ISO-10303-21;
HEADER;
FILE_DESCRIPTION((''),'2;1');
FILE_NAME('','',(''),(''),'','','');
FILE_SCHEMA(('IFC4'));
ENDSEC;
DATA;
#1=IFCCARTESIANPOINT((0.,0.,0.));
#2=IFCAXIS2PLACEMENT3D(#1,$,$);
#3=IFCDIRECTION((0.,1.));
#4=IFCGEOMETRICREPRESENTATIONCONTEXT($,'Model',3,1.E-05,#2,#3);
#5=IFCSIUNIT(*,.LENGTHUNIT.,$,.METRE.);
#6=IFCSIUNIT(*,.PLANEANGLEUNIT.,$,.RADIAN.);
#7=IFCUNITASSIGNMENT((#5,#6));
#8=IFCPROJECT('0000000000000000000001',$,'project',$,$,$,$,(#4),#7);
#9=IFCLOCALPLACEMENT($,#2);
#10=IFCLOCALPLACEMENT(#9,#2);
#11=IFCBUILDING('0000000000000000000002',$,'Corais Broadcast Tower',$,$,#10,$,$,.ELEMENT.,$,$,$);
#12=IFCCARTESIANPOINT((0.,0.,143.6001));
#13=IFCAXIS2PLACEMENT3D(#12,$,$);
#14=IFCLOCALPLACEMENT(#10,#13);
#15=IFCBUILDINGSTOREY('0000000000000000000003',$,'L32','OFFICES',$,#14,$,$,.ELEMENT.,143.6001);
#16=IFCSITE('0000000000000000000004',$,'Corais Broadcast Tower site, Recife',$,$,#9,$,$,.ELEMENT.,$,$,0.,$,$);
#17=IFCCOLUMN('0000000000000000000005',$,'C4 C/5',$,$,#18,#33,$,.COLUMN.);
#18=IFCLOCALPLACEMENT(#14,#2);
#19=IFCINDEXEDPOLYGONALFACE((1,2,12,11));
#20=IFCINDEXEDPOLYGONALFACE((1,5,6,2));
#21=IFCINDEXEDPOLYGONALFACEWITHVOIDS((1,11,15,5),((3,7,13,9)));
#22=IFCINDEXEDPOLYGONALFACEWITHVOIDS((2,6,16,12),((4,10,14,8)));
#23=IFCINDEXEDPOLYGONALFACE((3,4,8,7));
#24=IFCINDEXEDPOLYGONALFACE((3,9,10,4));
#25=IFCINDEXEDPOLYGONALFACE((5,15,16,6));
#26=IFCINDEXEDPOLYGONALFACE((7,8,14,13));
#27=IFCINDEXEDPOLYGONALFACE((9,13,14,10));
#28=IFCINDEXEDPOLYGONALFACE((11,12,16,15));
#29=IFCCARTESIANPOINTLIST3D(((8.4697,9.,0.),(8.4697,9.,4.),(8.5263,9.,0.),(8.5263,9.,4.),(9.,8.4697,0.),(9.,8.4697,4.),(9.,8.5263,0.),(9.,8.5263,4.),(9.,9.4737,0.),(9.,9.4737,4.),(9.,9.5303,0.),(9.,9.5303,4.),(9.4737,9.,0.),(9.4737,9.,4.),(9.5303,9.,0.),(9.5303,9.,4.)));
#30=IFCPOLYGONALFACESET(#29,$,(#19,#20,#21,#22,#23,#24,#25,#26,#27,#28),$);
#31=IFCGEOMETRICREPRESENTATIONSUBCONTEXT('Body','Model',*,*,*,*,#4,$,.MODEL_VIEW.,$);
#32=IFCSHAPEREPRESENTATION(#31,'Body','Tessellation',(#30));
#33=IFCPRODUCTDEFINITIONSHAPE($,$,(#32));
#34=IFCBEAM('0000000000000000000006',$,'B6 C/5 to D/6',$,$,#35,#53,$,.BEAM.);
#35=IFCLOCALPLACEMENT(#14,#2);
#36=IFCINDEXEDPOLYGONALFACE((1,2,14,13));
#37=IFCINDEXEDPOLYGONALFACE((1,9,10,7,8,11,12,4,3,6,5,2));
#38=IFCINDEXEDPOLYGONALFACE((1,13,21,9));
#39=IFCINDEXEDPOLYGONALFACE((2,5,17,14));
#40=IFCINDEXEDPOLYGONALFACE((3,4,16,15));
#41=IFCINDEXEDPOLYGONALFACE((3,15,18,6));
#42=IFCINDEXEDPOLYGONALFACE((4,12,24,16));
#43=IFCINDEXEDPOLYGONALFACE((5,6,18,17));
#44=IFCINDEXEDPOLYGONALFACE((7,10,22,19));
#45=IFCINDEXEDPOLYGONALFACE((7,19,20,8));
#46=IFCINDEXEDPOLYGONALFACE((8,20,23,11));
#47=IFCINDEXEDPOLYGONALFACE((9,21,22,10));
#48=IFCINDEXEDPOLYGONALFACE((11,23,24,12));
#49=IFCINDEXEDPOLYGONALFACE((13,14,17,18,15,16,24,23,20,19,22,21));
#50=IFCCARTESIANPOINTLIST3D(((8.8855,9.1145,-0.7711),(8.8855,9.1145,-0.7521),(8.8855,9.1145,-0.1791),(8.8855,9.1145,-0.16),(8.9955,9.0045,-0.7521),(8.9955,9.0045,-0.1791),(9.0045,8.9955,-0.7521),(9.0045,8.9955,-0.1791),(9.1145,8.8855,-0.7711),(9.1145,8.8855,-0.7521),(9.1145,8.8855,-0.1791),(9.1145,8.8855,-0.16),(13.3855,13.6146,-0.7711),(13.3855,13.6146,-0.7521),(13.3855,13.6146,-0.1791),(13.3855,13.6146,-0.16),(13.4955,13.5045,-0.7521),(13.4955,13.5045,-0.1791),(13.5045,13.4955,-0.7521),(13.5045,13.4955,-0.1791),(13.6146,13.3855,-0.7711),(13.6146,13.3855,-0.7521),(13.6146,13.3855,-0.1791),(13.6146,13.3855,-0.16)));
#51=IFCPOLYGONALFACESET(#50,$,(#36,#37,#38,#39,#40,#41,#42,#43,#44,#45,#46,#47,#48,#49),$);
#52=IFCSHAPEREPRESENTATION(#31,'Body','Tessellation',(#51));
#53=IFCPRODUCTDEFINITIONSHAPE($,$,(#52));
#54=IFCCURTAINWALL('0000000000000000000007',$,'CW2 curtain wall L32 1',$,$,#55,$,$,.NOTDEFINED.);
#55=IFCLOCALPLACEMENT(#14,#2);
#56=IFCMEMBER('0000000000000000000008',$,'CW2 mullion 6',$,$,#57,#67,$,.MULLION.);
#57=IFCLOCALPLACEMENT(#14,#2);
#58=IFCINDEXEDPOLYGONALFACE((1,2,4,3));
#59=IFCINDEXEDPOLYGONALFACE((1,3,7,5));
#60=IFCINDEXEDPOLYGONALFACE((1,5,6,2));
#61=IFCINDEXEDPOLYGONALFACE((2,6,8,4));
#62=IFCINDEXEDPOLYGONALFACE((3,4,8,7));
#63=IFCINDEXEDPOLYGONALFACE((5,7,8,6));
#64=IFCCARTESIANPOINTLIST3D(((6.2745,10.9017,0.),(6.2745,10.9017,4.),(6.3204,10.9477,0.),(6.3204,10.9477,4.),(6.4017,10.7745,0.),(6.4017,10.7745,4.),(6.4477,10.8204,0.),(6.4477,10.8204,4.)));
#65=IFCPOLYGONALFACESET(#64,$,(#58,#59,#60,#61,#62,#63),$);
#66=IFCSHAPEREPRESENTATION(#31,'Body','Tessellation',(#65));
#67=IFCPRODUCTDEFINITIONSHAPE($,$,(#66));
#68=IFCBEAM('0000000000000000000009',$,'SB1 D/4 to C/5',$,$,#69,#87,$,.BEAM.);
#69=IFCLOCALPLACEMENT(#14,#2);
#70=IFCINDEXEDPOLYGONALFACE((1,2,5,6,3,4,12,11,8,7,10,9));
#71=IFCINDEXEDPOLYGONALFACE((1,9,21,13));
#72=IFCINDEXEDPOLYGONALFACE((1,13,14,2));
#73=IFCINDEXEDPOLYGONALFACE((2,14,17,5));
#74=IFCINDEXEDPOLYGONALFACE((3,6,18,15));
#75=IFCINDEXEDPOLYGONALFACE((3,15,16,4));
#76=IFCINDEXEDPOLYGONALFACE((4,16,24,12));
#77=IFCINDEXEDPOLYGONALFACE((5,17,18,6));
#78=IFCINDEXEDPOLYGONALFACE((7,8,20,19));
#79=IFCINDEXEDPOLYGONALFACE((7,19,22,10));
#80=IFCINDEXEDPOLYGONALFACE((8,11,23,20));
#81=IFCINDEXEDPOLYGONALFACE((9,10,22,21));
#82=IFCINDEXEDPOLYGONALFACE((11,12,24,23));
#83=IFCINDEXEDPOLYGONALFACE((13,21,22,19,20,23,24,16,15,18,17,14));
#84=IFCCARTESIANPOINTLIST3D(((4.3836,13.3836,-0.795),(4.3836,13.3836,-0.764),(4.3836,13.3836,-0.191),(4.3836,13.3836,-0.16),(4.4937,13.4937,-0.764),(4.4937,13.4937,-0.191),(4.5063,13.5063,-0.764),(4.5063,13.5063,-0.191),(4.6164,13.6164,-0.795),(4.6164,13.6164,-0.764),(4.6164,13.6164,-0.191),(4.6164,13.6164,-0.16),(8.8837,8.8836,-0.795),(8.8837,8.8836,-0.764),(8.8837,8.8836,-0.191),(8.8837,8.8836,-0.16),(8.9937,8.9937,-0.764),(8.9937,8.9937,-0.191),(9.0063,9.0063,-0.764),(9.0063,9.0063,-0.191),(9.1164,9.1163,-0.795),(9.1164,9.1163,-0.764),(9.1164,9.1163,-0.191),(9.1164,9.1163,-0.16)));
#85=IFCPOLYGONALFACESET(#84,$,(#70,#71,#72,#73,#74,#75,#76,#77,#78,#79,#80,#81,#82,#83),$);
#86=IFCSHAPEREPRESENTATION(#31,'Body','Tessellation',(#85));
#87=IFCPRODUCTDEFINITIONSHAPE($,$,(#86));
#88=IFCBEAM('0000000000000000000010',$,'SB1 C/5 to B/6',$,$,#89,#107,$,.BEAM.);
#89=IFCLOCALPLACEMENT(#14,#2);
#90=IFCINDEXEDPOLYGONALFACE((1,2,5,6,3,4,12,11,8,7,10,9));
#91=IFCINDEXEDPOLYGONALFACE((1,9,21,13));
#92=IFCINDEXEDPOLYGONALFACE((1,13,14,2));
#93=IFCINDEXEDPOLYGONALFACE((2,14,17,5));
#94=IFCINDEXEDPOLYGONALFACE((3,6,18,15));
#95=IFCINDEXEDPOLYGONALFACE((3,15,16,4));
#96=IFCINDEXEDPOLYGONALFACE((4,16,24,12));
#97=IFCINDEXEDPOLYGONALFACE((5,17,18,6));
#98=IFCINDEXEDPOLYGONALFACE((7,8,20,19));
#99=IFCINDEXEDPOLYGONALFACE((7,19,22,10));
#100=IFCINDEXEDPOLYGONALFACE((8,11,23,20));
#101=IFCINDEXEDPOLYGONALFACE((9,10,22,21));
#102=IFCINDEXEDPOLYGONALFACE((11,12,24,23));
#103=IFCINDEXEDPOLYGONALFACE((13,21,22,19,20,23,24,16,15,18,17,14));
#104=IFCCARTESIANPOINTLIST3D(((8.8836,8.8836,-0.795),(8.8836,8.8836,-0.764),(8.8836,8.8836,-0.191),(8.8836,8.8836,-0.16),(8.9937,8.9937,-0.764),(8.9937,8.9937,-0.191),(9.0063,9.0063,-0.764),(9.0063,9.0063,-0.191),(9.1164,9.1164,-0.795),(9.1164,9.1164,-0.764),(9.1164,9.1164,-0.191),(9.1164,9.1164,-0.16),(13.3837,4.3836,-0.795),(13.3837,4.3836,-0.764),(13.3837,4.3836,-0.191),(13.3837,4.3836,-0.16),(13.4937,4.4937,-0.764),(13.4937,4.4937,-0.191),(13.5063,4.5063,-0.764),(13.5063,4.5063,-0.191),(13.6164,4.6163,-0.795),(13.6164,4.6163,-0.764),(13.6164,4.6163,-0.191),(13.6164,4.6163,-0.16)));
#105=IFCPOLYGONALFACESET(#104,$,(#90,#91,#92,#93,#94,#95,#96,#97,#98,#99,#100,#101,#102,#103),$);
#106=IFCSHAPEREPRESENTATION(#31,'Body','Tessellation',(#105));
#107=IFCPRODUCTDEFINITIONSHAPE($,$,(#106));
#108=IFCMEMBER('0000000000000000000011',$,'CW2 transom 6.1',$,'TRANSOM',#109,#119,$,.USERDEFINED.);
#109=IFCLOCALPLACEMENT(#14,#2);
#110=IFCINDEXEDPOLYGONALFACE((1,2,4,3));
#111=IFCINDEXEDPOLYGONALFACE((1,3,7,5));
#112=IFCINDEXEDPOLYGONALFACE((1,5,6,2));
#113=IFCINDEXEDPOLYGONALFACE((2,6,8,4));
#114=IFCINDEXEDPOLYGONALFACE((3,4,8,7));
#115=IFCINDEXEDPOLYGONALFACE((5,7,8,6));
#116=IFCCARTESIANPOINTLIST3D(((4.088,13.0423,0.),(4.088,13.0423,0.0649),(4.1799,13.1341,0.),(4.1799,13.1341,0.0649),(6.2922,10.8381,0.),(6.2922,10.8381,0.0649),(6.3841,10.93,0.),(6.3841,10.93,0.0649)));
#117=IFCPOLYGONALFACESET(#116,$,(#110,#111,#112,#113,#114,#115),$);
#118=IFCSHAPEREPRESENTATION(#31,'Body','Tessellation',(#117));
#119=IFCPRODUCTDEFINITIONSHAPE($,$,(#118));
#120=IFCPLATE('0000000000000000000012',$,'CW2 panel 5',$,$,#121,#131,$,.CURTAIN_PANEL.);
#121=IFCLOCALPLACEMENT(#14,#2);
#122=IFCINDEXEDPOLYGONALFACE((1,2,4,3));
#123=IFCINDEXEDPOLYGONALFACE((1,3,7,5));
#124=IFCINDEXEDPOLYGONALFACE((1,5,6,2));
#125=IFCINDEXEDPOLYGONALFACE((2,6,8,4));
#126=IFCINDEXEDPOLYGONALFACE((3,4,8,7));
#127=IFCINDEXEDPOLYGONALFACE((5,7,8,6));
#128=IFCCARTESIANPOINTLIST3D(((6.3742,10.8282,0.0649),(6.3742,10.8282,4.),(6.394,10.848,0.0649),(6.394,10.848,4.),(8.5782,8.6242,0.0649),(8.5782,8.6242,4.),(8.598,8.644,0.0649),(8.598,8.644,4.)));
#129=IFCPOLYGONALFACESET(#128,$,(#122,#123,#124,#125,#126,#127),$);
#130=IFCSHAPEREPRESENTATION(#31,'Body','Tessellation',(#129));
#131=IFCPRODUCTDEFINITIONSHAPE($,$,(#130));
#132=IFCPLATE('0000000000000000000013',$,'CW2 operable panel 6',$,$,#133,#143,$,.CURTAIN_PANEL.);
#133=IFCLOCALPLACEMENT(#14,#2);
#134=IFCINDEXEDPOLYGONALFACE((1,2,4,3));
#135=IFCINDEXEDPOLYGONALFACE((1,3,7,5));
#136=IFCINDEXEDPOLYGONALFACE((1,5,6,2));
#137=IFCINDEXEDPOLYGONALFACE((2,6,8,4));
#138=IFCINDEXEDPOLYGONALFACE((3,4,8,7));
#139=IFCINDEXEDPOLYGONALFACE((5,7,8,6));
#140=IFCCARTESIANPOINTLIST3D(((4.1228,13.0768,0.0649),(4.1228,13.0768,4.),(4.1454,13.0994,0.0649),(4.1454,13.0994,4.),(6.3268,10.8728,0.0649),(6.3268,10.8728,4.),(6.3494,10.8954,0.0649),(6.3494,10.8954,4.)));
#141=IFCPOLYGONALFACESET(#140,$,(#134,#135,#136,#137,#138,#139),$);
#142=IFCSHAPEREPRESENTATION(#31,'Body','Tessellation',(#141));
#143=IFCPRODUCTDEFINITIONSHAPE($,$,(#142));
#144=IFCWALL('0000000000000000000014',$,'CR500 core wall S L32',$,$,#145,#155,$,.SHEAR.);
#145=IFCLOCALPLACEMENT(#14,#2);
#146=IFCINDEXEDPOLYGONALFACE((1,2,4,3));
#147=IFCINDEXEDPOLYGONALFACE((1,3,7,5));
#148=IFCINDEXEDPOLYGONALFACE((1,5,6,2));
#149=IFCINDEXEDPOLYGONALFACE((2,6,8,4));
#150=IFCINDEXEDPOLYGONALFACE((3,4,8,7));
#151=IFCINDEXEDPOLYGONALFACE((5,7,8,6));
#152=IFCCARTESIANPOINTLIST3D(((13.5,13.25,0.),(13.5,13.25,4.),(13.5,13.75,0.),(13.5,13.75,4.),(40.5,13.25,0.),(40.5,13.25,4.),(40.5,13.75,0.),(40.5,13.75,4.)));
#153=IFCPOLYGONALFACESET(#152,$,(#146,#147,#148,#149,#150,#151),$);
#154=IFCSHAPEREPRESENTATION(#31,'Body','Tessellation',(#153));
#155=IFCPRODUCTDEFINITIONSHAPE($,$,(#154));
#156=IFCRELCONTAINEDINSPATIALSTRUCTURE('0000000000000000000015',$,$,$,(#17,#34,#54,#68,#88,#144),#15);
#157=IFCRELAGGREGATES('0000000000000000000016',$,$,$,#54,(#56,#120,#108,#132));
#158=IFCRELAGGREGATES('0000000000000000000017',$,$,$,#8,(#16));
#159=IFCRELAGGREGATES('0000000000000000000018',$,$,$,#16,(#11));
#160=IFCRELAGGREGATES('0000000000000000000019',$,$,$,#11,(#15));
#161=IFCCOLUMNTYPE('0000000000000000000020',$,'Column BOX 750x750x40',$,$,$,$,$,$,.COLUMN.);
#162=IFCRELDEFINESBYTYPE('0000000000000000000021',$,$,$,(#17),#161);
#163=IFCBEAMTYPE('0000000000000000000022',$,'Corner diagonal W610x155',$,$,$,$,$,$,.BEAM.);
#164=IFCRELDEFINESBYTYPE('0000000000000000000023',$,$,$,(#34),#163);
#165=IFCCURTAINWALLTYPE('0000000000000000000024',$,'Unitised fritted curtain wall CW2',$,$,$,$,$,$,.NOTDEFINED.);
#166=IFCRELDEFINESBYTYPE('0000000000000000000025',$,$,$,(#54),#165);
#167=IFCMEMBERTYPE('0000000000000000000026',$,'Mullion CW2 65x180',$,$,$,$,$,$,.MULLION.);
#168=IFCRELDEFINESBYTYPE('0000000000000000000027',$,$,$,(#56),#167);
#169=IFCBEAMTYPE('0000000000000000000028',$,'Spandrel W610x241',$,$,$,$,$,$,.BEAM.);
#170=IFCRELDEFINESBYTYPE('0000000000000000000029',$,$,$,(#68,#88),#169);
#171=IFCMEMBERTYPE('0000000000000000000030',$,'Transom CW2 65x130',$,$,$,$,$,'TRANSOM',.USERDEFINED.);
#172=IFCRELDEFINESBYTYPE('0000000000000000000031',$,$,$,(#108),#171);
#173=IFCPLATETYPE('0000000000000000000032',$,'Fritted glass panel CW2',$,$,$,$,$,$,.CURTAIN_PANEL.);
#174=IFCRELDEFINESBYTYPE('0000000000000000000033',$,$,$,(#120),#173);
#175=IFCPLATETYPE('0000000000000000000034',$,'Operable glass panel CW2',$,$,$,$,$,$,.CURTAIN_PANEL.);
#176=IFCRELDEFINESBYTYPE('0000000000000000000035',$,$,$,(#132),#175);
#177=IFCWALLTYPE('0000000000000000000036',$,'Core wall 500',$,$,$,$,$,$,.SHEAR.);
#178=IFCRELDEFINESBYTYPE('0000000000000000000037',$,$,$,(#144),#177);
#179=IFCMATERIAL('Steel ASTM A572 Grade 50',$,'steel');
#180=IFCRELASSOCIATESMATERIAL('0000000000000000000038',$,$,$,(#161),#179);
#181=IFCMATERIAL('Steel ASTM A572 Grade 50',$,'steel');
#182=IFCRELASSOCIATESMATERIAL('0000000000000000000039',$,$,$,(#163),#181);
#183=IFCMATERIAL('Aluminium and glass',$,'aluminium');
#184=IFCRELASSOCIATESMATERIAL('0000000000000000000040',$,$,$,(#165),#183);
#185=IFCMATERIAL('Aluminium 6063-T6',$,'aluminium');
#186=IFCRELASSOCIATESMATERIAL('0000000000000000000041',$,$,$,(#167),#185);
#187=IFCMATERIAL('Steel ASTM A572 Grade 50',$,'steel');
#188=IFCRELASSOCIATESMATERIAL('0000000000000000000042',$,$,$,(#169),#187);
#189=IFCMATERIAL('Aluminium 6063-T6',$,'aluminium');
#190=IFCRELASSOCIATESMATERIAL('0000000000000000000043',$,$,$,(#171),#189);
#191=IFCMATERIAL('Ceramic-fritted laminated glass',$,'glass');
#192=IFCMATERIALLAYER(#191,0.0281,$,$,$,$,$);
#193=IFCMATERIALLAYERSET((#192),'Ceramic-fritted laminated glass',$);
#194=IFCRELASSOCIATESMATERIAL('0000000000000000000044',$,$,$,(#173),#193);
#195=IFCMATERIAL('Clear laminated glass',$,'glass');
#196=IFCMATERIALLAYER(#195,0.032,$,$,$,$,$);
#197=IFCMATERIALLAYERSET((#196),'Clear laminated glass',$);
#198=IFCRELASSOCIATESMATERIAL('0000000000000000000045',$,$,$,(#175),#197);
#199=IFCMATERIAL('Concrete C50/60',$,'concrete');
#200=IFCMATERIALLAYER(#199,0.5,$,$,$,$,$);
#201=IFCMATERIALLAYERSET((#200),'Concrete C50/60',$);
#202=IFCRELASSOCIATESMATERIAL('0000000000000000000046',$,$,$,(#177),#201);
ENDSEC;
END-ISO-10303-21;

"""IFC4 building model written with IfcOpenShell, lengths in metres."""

from ifc_helpers import new_model, si_unit, direction, frame, frame_2d, origin, origin_2d, place, context, subcontext, project, spatial, rectangle, hollow_rectangle, i_section, extrude, material, layer, layer_set, material_profile, profile_set, type_object, element, aggregate, save


model = new_model("IFC4")

# Units and contexts
model_context = context("Model", 3, precision=1e-05, world=origin(), true_north=direction((0.0, 1.0)))
body_context = subcontext(model_context, "Body", "Model", "MODEL_VIEW")
ifc_project = project(units=[si_unit("LENGTHUNIT", "METRE"), si_unit("PLANEANGLEUNIT", "RADIAN")], contexts=[model_context])

# Site, building, storey
site_placement = place(None, origin())
site = spatial("IfcSite", under=ifc_project, at=site_placement, Name="Corais Broadcast Tower site, Recife", CompositionType="ELEMENT", RefElevation=0.0)
building_placement = place(site_placement, origin())
building = spatial("IfcBuilding", under=site, at=building_placement, Name="Corais Broadcast Tower", CompositionType="ELEMENT")
storey_placement = place(building_placement, frame((0.0, 0.0, 143.6001)))
storey = spatial("IfcBuildingStorey", under=building, at=storey_placement, Name="L32", Description="OFFICES", CompositionType="ELEMENT", Elevation=143.6001)

# Column
ifc_material_1 = material(Name="Steel ASTM A572 Grade 50", Category="steel")
ifc_material_profile_1 = material_profile(ifc_material_1, hollow_rectangle(XDim=0.75, YDim=0.75, WallThickness=0.04, at=origin_2d()), Name="BOX 750x750x40")
ifc_profile_set_1 = profile_set([ifc_material_profile_1], Name="Steel ASTM A572 Grade 50")
column_type = type_object("IfcColumnType", Name="Column BOX 750x750x40", PredefinedType="COLUMN", material=ifc_profile_set_1)
column_placement = place(storey_placement, frame((9.0, 9.0, 0.0), z_axis=(0.0, 0.0, 1.0), x_axis=(0.707107, 0.707107, 0.0)))
element("IfcColumn", 1, at=column_placement, inside=storey, type_object=column_type, Name="C4 C/5", PredefinedType="COLUMN", context=body_context, shape_type="SweptSolid", body=[
    extrude(hollow_rectangle(XDim=0.75, YDim=0.75, WallThickness=0.04, at=origin_2d()), origin(), (0.0, 0.0, 1.0), 4.0),
])

# Beam
ifc_material_2 = material(Name="Steel ASTM A572 Grade 50", Category="steel")
ifc_material_profile_2 = material_profile(ifc_material_2, i_section(OverallWidth=0.324, OverallDepth=0.6111, WebThickness=0.0127, FlangeThickness=0.019, at=origin_2d()), Name="W610x155")
ifc_profile_set_2 = profile_set([ifc_material_profile_2], Name="Steel ASTM A572 Grade 50")
beam_type_1 = type_object("IfcBeamType", Name="Corner diagonal W610x155", PredefinedType="BEAM", material=ifc_profile_set_2)
beam_placement = place(storey_placement, frame((9.0, 9.0, -0.4656), z_axis=(0.707107, 0.707107, 0.0), x_axis=(-0.707107, 0.707107, 0.0)))
element("IfcBeam", 2, at=beam_placement, inside=storey, type_object=beam_type_1, Name="B6 C/5 to D/6", PredefinedType="BEAM", context=body_context, shape_type="SweptSolid", body=[
    extrude(i_section(OverallWidth=0.324, OverallDepth=0.6111, WebThickness=0.0127, FlangeThickness=0.019, at=origin_2d()), origin(), (0.0, 0.0, 1.0), 6.364),
])

# Curtain wall, member
ifc_material_3 = material(Name="Aluminium and glass", Category="aluminium")
curtain_wall_type = type_object("IfcCurtainWallType", Name="Unitised fritted curtain wall CW2", PredefinedType="NOTDEFINED", material=ifc_material_3)
curtain_wall_placement = place(storey_placement, origin())
curtain_wall = element("IfcCurtainWall", 3, at=curtain_wall_placement, inside=storey, type_object=curtain_wall_type, Name="CW2 curtain wall L32 1", PredefinedType="NOTDEFINED")
ifc_material_4 = material(Name="Aluminium 6063-T6", Category="aluminium")
ifc_material_profile_3 = material_profile(ifc_material_4, rectangle(XDim=0.0649, YDim=0.1799, at=origin_2d()), Name="Mullion CW2 65x180")
ifc_profile_set_3 = profile_set([ifc_material_profile_3], Name="Aluminium 6063-T6")
member_type_1 = type_object("IfcMemberType", Name="Mullion CW2 65x180", PredefinedType="MULLION", material=ifc_profile_set_3)
member_1_placement = place(storey_placement, frame((6.3611, 10.8611, 0.0), z_axis=(0.0, 0.0, 1.0), x_axis=(-0.707107, -0.707107, 0.0)))
member_1 = element("IfcMember", 4, at=member_1_placement, type_object=member_type_1, Name="CW2 mullion 6", PredefinedType="MULLION", context=body_context, shape_type="SweptSolid", body=[
    extrude(rectangle(XDim=0.0649, YDim=0.1799, at=origin_2d()), origin(), (0.0, 0.0, 1.0), 4.0),
])

# Beams
ifc_material_5 = material(Name="Steel ASTM A572 Grade 50", Category="steel")
ifc_material_profile_4 = material_profile(ifc_material_5, i_section(OverallWidth=0.3291, OverallDepth=0.635, WebThickness=0.0178, FlangeThickness=0.031, at=origin_2d()), Name="W610x241")
ifc_profile_set_4 = profile_set([ifc_material_profile_4], Name="Steel ASTM A572 Grade 50")
beam_type_2 = type_object("IfcBeamType", Name="Spandrel W610x241", PredefinedType="BEAM", material=ifc_profile_set_4)
for number, where, z_axis, x_axis, name in (
    (5, (4.5, 13.5, -0.4775), (0.707107, -0.707107, 0.0), (0.707107, 0.707107, 0.0), "SB1 D/4 to C/5"),
    (6, (9.0, 9.0, -0.4775), (0.707107, -0.707107, 0.0), (0.707107, 0.707107, 0.0), "SB1 C/5 to B/6"),
):
    element("IfcBeam", number, at=place(storey_placement, frame(where, z_axis=z_axis, x_axis=x_axis)), inside=storey, type_object=beam_type_2, Name=name, PredefinedType="BEAM", context=body_context, shape_type="SweptSolid", body=[
        extrude(i_section(OverallWidth=0.3291, OverallDepth=0.635, WebThickness=0.0178, FlangeThickness=0.031, at=origin_2d()), origin(), (0.0, 0.0, 1.0), 6.364),
    ])

# Member
ifc_material_6 = material(Name="Aluminium 6063-T6", Category="aluminium")
ifc_material_profile_5 = material_profile(ifc_material_6, rectangle(XDim=0.1299, YDim=0.0649, at=origin_2d()), Name="Transom CW2 65x130")
ifc_profile_set_5 = profile_set([ifc_material_profile_5], Name="Aluminium 6063-T6")
member_type_2 = type_object("IfcMemberType", Name="Transom CW2 65x130", ElementType="TRANSOM", PredefinedType="USERDEFINED", material=ifc_profile_set_5)
member_2_placement = place(storey_placement, frame((6.3381, 10.884, 0.0325), z_axis=(-0.707107, 0.707107, 0.0), x_axis=(-0.707107, -0.707107, 0.0)))
member_2 = element("IfcMember", 7, at=member_2_placement, type_object=member_type_2, Name="CW2 transom 6.1", ObjectType="TRANSOM", PredefinedType="USERDEFINED", context=body_context, shape_type="SweptSolid", body=[
    extrude(rectangle(XDim=0.1299, YDim=0.0649, at=origin_2d()), origin(), (0.0, 0.0, 1.0), 3.1172),
])

# Plates
ifc_material_7 = material(Name="Ceramic-fritted laminated glass", Category="glass")
ifc_layer_1 = layer(ifc_material_7, 0.0281)
ifc_layer_set_1 = layer_set([ifc_layer_1], Name="Ceramic-fritted laminated glass")
plate_type_1 = type_object("IfcPlateType", Name="Fritted glass panel CW2", PredefinedType="CURTAIN_PANEL", material=ifc_layer_set_1)
plate_1_placement = place(storey_placement, frame((7.4861, 9.7361, 0.0649), z_axis=(0.0, 0.0, 1.0), x_axis=(-0.707107, 0.707107, 0.0)))
plate_1 = element("IfcPlate", 8, at=plate_1_placement, type_object=plate_type_1, Name="CW2 panel 5", PredefinedType="CURTAIN_PANEL", context=body_context, shape_type="SweptSolid", body=[
    extrude(rectangle(XDim=3.1169, YDim=0.0281, at=origin_2d()), origin(), (0.0, 0.0, 1.0), 3.9351),
])
ifc_material_8 = material(Name="Clear laminated glass", Category="glass")
ifc_layer_2 = layer(ifc_material_8, 0.032)
ifc_layer_set_2 = layer_set([ifc_layer_2], Name="Clear laminated glass")
plate_type_2 = type_object("IfcPlateType", Name="Operable glass panel CW2", PredefinedType="CURTAIN_PANEL", material=ifc_layer_set_2)
plate_2_placement = place(storey_placement, frame((5.2361, 11.9861, 0.0649), z_axis=(0.0, 0.0, 1.0), x_axis=(-0.707107, 0.707107, 0.0)))
plate_2 = element("IfcPlate", 9, at=plate_2_placement, type_object=plate_type_2, Name="CW2 operable panel 6", PredefinedType="CURTAIN_PANEL", context=body_context, shape_type="SweptSolid", body=[
    extrude(rectangle(XDim=3.1169, YDim=0.032, at=origin_2d()), origin(), (0.0, 0.0, 1.0), 3.9351),
])
aggregate(curtain_wall, [member_1, plate_1, member_2, plate_2])

# Wall
ifc_material_9 = material(Name="Concrete C50/60", Category="concrete")
ifc_layer_3 = layer(ifc_material_9, 0.5)
ifc_layer_set_3 = layer_set([ifc_layer_3], Name="Concrete C50/60")
wall_type_1 = type_object("IfcWallType", Name="Core wall 500", PredefinedType="SHEAR", material=ifc_layer_set_3)
wall_1_placement = place(storey_placement, frame((13.5, 13.5, 0.0), z_axis=(0.0, 0.0, 1.0), x_axis=(1.0, 0.0, 0.0)))
element("IfcWall", 10, at=wall_1_placement, inside=storey, type_object=wall_type_1, Name="CR500 core wall S L32", PredefinedType="SHEAR", context=body_context, shape_type="SweptSolid", body=[
    extrude(rectangle(XDim=27.0, YDim=0.5, at=frame_2d((13.5, 0.0))), origin(), (0.0, 0.0, 1.0), 4.0),
])

save(model, "model.ifc")
